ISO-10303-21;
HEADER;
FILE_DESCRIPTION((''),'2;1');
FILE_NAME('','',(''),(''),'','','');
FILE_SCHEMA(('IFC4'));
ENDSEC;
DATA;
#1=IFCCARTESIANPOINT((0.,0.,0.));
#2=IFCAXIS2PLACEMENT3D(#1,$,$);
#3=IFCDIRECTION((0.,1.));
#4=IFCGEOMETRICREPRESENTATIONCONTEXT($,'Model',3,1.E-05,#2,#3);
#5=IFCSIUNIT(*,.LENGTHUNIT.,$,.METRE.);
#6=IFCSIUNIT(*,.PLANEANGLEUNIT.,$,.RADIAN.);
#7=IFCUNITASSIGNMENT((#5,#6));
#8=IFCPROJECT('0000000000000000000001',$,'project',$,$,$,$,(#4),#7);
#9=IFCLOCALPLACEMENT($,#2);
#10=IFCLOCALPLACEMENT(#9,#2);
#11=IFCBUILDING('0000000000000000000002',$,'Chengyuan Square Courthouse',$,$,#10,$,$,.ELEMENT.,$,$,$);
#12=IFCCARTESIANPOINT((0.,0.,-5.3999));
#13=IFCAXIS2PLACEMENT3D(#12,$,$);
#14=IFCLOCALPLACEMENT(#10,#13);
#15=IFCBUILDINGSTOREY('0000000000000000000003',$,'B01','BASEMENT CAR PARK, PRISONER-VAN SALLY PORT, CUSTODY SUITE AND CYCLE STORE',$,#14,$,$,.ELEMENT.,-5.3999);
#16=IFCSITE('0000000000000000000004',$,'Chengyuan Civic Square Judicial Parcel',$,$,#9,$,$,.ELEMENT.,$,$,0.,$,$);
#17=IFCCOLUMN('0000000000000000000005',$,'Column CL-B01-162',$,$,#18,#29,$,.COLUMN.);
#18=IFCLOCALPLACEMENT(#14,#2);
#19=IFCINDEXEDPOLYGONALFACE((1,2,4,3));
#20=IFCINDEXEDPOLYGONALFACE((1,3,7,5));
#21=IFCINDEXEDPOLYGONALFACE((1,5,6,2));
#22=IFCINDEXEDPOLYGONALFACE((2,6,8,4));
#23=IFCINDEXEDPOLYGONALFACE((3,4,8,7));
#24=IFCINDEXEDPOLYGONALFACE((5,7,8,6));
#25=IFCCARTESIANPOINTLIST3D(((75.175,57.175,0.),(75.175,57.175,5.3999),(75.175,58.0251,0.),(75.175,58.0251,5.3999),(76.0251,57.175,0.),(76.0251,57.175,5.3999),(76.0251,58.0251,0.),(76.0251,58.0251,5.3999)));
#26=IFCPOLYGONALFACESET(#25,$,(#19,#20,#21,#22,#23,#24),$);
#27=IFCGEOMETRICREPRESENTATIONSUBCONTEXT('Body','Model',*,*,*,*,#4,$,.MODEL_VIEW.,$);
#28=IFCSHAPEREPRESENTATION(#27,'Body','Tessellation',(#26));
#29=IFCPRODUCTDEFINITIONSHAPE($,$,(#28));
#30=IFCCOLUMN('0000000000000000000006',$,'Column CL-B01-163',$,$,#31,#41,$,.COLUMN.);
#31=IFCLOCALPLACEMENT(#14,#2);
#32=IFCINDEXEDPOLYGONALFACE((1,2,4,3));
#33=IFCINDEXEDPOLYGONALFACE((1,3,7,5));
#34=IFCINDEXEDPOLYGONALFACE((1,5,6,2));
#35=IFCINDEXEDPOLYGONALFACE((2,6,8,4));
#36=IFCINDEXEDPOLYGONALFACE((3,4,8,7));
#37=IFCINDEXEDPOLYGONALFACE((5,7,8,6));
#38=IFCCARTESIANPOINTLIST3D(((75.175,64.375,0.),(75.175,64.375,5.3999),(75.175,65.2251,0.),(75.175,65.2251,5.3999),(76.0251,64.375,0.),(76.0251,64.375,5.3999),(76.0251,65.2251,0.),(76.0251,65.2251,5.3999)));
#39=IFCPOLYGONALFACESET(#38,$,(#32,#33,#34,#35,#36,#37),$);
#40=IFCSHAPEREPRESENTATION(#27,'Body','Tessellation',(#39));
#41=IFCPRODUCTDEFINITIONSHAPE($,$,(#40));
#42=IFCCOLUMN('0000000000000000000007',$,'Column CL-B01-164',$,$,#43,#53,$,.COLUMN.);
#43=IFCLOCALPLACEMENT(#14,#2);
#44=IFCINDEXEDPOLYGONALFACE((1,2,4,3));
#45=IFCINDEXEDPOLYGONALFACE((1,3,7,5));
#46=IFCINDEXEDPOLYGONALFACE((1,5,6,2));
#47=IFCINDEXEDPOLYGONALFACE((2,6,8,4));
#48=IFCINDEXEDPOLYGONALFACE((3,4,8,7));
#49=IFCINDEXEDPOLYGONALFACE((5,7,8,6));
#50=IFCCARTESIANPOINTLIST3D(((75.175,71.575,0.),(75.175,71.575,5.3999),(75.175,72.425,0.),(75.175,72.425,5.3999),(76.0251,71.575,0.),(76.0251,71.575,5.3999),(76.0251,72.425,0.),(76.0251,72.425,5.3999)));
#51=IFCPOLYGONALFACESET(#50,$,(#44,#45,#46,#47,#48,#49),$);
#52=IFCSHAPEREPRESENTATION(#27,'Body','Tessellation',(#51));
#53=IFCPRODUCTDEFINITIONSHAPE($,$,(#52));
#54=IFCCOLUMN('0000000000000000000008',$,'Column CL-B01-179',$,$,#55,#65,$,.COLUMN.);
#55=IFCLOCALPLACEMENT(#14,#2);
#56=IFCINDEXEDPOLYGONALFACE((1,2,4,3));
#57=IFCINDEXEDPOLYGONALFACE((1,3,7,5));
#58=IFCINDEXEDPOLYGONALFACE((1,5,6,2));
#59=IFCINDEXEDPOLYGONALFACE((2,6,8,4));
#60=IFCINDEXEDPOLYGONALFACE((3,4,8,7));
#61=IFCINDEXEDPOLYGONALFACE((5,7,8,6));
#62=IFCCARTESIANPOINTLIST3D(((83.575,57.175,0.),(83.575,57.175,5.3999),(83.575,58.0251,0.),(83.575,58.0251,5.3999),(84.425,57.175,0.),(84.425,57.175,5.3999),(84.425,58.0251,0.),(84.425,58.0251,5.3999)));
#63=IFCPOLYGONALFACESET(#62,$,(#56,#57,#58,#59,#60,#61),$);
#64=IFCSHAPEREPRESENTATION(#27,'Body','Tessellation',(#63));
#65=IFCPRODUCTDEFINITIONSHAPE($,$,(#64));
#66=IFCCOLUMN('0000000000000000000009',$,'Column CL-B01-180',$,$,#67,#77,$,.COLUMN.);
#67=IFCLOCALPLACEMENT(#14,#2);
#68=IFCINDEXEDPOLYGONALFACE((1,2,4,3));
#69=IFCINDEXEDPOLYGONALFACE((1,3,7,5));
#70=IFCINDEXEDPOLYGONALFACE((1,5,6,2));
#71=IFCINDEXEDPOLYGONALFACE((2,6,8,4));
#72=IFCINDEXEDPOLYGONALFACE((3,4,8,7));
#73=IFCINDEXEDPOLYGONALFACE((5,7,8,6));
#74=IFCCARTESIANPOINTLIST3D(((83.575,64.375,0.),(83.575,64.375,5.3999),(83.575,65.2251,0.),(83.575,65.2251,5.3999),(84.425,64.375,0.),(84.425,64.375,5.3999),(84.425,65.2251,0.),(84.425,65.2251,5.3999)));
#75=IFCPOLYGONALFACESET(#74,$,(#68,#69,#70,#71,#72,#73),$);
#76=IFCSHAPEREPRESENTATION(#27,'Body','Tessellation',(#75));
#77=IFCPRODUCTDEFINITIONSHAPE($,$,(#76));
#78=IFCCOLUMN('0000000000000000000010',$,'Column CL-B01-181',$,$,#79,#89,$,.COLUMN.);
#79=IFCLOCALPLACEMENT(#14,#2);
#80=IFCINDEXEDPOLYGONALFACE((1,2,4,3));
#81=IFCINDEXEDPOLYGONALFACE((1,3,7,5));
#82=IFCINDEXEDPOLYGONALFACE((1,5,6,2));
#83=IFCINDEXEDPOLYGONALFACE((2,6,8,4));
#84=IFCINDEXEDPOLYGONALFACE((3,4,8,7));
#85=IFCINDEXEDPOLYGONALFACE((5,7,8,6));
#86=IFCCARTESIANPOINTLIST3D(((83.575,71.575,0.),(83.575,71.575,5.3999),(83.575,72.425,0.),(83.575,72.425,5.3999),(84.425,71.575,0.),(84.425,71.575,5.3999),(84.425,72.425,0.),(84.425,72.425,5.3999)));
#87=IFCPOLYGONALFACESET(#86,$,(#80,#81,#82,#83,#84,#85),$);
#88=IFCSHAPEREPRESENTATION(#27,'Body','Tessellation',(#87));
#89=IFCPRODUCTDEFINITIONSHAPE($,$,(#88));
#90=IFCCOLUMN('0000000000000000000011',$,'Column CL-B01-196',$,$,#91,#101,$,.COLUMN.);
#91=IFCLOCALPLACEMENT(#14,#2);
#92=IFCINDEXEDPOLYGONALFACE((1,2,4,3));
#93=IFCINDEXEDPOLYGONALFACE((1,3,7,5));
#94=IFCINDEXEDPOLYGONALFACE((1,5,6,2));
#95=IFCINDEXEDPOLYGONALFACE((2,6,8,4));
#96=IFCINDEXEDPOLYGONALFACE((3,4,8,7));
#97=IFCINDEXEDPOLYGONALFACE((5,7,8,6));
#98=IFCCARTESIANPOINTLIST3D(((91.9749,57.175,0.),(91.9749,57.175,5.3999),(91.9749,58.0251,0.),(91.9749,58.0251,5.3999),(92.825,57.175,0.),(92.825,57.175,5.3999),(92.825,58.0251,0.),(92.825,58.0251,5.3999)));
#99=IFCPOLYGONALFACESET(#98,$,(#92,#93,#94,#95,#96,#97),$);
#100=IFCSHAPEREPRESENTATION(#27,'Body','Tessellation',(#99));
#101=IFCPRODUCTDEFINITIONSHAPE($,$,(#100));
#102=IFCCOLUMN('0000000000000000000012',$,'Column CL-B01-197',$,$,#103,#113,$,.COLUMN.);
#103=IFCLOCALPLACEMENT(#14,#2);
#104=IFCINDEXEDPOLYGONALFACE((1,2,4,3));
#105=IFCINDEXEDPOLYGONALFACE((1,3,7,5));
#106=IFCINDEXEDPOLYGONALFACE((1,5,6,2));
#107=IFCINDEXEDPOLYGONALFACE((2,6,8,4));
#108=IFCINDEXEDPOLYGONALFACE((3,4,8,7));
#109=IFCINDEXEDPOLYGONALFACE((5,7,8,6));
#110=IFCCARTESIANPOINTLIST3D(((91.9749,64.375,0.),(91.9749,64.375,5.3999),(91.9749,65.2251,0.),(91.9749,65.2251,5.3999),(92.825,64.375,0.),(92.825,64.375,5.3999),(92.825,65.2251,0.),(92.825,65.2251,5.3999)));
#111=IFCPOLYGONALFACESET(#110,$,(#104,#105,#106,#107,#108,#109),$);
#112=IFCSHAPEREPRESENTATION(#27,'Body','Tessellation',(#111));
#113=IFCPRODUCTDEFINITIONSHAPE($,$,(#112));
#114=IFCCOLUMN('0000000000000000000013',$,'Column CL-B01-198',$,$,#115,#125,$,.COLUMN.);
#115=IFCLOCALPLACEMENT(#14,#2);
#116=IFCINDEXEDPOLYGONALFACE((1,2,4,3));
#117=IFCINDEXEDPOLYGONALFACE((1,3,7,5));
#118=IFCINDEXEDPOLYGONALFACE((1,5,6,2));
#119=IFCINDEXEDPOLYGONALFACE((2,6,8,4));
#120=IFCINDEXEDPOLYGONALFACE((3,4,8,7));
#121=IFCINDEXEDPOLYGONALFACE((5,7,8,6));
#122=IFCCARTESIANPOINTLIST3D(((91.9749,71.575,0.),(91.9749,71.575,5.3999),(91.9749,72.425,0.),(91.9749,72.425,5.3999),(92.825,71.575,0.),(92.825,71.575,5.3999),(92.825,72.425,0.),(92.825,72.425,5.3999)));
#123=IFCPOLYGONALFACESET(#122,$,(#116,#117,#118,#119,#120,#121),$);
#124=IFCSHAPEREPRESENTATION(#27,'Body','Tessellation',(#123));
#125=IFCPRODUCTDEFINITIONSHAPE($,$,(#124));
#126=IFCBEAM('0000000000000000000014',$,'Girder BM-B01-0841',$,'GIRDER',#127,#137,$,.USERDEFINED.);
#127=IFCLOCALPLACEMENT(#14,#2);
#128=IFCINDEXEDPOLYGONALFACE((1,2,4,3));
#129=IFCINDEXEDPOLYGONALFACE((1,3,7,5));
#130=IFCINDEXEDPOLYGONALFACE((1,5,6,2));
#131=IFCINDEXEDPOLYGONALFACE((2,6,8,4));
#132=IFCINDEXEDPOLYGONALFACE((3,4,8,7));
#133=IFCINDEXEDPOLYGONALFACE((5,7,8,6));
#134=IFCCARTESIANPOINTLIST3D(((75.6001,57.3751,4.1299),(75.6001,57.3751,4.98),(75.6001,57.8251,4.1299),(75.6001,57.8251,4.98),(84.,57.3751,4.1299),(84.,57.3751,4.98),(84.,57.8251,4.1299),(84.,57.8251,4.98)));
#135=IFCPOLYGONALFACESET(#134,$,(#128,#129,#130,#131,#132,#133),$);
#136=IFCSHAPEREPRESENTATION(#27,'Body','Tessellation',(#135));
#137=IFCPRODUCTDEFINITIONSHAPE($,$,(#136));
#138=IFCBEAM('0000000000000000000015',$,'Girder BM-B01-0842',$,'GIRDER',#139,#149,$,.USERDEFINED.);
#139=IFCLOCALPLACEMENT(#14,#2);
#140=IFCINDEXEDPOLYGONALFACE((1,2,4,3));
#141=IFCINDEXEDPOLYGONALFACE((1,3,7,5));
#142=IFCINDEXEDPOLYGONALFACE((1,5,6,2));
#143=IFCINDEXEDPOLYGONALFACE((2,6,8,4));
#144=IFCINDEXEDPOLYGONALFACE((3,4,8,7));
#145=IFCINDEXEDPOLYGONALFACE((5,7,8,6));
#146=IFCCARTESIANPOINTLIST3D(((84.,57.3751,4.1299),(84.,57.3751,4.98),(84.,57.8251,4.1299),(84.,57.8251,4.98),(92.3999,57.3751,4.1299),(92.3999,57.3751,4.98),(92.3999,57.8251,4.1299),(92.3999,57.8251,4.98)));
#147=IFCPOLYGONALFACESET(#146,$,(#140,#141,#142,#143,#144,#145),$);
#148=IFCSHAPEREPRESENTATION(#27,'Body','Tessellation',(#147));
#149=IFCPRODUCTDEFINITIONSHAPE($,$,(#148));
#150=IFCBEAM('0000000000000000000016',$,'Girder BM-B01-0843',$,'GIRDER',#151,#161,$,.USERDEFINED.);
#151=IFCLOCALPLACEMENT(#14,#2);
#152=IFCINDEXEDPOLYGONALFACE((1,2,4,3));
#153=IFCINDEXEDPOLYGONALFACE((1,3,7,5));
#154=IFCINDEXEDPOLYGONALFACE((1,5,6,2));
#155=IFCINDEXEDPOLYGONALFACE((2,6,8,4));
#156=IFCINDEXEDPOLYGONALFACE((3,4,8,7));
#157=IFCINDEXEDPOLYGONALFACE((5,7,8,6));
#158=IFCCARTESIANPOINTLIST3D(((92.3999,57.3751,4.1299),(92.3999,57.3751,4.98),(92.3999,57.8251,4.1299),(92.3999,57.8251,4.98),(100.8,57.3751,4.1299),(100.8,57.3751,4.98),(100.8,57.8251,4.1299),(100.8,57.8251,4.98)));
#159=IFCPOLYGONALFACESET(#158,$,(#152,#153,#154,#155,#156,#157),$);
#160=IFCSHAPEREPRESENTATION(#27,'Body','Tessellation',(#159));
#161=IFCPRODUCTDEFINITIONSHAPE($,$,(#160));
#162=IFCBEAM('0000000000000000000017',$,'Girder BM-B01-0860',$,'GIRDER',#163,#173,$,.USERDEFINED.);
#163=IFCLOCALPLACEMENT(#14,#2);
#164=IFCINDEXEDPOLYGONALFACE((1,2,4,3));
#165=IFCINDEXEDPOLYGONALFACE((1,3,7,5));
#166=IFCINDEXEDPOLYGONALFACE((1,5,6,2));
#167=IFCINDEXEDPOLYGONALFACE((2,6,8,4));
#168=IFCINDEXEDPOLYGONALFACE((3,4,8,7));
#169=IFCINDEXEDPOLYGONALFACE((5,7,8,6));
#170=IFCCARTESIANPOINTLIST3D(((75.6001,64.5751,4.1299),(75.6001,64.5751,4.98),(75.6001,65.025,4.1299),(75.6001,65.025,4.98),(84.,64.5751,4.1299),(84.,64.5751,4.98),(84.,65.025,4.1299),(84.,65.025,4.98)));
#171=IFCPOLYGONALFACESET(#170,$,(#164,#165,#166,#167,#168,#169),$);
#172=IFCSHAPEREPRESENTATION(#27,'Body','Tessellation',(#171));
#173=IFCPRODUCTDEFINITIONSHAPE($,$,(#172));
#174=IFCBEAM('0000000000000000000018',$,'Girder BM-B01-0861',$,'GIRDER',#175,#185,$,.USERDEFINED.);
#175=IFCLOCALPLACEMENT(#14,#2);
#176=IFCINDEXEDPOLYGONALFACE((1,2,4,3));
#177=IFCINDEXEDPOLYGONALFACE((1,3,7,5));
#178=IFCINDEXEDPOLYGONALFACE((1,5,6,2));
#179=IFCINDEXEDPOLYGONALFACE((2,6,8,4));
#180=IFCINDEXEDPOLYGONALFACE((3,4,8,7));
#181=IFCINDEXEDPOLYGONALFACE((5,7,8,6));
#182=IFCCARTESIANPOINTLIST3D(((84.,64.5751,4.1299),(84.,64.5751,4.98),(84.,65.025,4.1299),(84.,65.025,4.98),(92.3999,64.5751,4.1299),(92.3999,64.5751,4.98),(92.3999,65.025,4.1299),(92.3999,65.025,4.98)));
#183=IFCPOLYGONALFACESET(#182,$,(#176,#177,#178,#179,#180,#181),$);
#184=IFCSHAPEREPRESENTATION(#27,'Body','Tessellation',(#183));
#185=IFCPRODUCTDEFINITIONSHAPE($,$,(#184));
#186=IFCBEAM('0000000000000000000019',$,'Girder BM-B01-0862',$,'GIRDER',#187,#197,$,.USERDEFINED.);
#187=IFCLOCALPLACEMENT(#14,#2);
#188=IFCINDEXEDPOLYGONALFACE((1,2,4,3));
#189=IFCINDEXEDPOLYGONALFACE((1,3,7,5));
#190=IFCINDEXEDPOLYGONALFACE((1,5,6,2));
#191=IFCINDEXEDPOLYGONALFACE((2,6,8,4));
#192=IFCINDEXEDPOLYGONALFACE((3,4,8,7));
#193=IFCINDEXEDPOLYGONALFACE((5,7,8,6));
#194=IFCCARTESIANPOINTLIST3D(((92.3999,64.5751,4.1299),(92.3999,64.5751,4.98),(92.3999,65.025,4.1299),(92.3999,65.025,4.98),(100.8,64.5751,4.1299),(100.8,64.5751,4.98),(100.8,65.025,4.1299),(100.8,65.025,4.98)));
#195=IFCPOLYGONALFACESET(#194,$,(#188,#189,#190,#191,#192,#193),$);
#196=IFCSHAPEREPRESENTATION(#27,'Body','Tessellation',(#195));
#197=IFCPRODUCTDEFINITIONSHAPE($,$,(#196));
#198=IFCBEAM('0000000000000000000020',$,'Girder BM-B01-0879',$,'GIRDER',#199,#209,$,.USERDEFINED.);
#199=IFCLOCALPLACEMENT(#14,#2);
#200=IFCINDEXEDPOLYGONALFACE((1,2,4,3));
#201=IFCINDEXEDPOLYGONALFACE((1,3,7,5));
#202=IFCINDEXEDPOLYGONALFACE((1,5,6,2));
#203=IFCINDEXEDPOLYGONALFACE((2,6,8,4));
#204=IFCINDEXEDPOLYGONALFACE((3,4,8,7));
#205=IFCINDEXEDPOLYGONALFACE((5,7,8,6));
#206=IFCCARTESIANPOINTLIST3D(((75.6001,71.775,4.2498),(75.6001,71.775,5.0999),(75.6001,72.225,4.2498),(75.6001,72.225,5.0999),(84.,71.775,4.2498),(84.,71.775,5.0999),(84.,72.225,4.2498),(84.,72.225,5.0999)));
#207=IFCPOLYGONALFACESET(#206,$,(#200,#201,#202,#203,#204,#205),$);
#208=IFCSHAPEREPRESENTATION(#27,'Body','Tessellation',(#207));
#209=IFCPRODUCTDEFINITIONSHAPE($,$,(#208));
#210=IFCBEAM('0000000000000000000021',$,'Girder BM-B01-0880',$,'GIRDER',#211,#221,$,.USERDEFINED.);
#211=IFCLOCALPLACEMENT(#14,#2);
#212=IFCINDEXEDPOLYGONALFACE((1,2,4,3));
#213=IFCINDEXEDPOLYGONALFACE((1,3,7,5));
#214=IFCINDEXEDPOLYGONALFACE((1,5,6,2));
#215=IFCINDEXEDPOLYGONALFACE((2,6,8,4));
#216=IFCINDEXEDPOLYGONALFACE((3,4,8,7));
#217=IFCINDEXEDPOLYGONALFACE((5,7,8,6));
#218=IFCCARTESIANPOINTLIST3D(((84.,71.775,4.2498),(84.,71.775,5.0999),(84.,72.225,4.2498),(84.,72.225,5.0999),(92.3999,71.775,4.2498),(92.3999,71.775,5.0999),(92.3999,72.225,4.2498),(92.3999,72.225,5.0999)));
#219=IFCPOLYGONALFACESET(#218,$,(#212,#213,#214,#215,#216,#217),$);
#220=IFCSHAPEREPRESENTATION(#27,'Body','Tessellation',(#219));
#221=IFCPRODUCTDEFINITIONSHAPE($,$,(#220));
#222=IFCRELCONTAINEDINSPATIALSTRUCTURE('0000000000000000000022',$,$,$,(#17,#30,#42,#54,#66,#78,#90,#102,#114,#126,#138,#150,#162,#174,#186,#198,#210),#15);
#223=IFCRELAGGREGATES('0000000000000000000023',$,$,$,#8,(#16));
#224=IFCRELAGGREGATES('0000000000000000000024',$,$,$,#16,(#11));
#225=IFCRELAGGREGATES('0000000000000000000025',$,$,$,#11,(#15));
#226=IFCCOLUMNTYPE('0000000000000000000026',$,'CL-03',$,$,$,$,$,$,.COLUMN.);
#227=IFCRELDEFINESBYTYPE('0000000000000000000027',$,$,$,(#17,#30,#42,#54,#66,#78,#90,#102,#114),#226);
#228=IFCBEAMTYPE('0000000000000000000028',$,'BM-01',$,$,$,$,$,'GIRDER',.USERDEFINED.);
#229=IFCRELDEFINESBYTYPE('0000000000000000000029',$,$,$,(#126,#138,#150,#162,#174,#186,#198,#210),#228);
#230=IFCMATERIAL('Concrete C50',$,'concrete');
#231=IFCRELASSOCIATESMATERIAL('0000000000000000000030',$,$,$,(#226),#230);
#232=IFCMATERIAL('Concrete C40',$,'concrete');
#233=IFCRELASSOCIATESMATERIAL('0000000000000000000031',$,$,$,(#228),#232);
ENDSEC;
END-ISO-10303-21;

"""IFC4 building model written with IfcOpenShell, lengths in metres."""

from ifc_helpers import new_model, si_unit, direction, frame, origin, origin_2d, place, context, subcontext, project, spatial, rectangle, extrude, material, material_profile, profile_set, type_object, element, save


model = new_model("IFC4")

# Units and contexts
model_context = context("Model", 3, precision=1e-05, world=origin(), true_north=direction((0.0, 1.0)))
body_context = subcontext(model_context, "Body", "Model", "MODEL_VIEW")
ifc_project = project(units=[si_unit("LENGTHUNIT", "METRE"), si_unit("PLANEANGLEUNIT", "RADIAN")], contexts=[model_context])

# Site, building, storey
site_placement = place(None, origin())
site = spatial("IfcSite", under=ifc_project, at=site_placement, Name="Chengyuan Civic Square Judicial Parcel", CompositionType="ELEMENT", RefElevation=0.0)
building_placement = place(site_placement, origin())
building = spatial("IfcBuilding", under=site, at=building_placement, Name="Chengyuan Square Courthouse", CompositionType="ELEMENT")
storey_placement = place(building_placement, frame((0.0, 0.0, -5.3999)))
storey = spatial("IfcBuildingStorey", under=building, at=storey_placement, Name="B01", Description="BASEMENT CAR PARK, PRISONER-VAN SALLY PORT, CUSTODY SUITE AND CYCLE STORE", CompositionType="ELEMENT", Elevation=-5.3999)

# Columns
ifc_material_1 = material(Name="Concrete C50", Category="concrete")
ifc_material_profile_1 = material_profile(ifc_material_1, rectangle(XDim=0.8501, YDim=0.8501, at=origin_2d()), Name="RC-COL-850x850")
ifc_profile_set_1 = profile_set([ifc_material_profile_1], Name="Concrete C50")
column_type = type_object("IfcColumnType", Name="CL-03", PredefinedType="COLUMN", material=ifc_profile_set_1)
for number, where, z_axis, x_axis, name in (
    (1, (75.6001, 57.6001, 0.0), (0.0, 0.0, 1.0), (1.0, 0.0, 0.0), "Column CL-B01-162"),
    (2, (75.6001, 64.8, 0.0), (0.0, 0.0, 1.0), (1.0, 0.0, 0.0), "Column CL-B01-163"),
    (3, (75.6001, 72.0, 0.0), (0.0, 0.0, 1.0), (1.0, 0.0, 0.0), "Column CL-B01-164"),
    (4, (84.0, 57.6001, 0.0), (0.0, 0.0, 1.0), (1.0, 0.0, 0.0), "Column CL-B01-179"),
    (5, (84.0, 64.8, 0.0), (0.0, 0.0, 1.0), (1.0, 0.0, 0.0), "Column CL-B01-180"),
    (6, (84.0, 72.0, 0.0), (0.0, 0.0, 1.0), (1.0, 0.0, 0.0), "Column CL-B01-181"),
    (7, (92.3999, 57.6001, 0.0), (0.0, 0.0, 1.0), (1.0, 0.0, 0.0), "Column CL-B01-196"),
    (8, (92.3999, 64.8, 0.0), (0.0, 0.0, 1.0), (1.0, 0.0, 0.0), "Column CL-B01-197"),
    (9, (92.3999, 72.0, 0.0), (0.0, 0.0, 1.0), (1.0, 0.0, 0.0), "Column CL-B01-198"),
):
    element("IfcColumn", number, at=place(storey_placement, frame(where, z_axis=z_axis, x_axis=x_axis)), inside=storey, type_object=column_type, Name=name, PredefinedType="COLUMN", context=body_context, shape_type="SweptSolid", body=[
        extrude(rectangle(XDim=0.8501, YDim=0.8501, at=origin_2d()), origin(), (0.0, 0.0, 1.0), 5.3999),
    ])

# Beams
ifc_material_2 = material(Name="Concrete C40", Category="concrete")
ifc_material_profile_2 = material_profile(ifc_material_2, rectangle(XDim=0.45, YDim=0.8501, at=origin_2d()), Name="RC-BM-450x850")
ifc_profile_set_2 = profile_set([ifc_material_profile_2], Name="Concrete C40")
beam_type_1 = type_object("IfcBeamType", Name="BM-01", ElementType="GIRDER", PredefinedType="USERDEFINED", material=ifc_profile_set_2)
for number, where, z_axis, x_axis, name in (
    (10, (75.6001, 57.6001, 4.5549), (1.0, 0.0, 0.0), (0.0, 1.0, 0.0), "Girder BM-B01-0841"),
    (11, (84.0, 57.6001, 4.5549), (1.0, 0.0, 0.0), (0.0, 1.0, 0.0), "Girder BM-B01-0842"),
):
    element("IfcBeam", number, at=place(storey_placement, frame(where, z_axis=z_axis, x_axis=x_axis)), inside=storey, type_object=beam_type_1, Name=name, ObjectType="GIRDER", PredefinedType="USERDEFINED", context=body_context, shape_type="SweptSolid", body=[
        extrude(rectangle(XDim=0.45, YDim=0.8501, at=origin_2d()), origin(), (0.0, 0.0, 1.0), 8.3999),
    ])
beam_1_placement = place(storey_placement, frame((92.3999, 57.6001, 4.5549), z_axis=(1.0, 0.0, 0.0), x_axis=(0.0, 1.0, 0.0)))
element("IfcBeam", 12, at=beam_1_placement, inside=storey, type_object=beam_type_1, Name="Girder BM-B01-0843", ObjectType="GIRDER", PredefinedType="USERDEFINED", context=body_context, shape_type="SweptSolid", body=[
    extrude(rectangle(XDim=0.45, YDim=0.8501, at=origin_2d()), origin(), (0.0, 0.0, 1.0), 8.4001),
])
for number, where, z_axis, x_axis, name in (
    (13, (75.6001, 64.8, 4.5549), (1.0, 0.0, 0.0), (0.0, 1.0, 0.0), "Girder BM-B01-0860"),
    (14, (84.0, 64.8, 4.5549), (1.0, 0.0, 0.0), (0.0, 1.0, 0.0), "Girder BM-B01-0861"),
):
    element("IfcBeam", number, at=place(storey_placement, frame(where, z_axis=z_axis, x_axis=x_axis)), inside=storey, type_object=beam_type_1, Name=name, ObjectType="GIRDER", PredefinedType="USERDEFINED", context=body_context, shape_type="SweptSolid", body=[
        extrude(rectangle(XDim=0.45, YDim=0.8501, at=origin_2d()), origin(), (0.0, 0.0, 1.0), 8.3999),
    ])
beam_2_placement = place(storey_placement, frame((92.3999, 64.8, 4.5549), z_axis=(1.0, 0.0, 0.0), x_axis=(0.0, 1.0, 0.0)))
element("IfcBeam", 15, at=beam_2_placement, inside=storey, type_object=beam_type_1, Name="Girder BM-B01-0862", ObjectType="GIRDER", PredefinedType="USERDEFINED", context=body_context, shape_type="SweptSolid", body=[
    extrude(rectangle(XDim=0.45, YDim=0.8501, at=origin_2d()), origin(), (0.0, 0.0, 1.0), 8.4001),
])
for number, where, z_axis, x_axis, name in (
    (16, (75.6001, 72.0, 4.6748), (1.0, 0.0, 0.0), (0.0, 1.0, 0.0), "Girder BM-B01-0879"),
    (17, (84.0, 72.0, 4.6748), (1.0, 0.0, 0.0), (0.0, 1.0, 0.0), "Girder BM-B01-0880"),
):
    element("IfcBeam", number, at=place(storey_placement, frame(where, z_axis=z_axis, x_axis=x_axis)), inside=storey, type_object=beam_type_1, Name=name, ObjectType="GIRDER", PredefinedType="USERDEFINED", context=body_context, shape_type="SweptSolid", body=[
        extrude(rectangle(XDim=0.45, YDim=0.8501, at=origin_2d()), origin(), (0.0, 0.0, 1.0), 8.3999),
    ])

save(model, "model.ifc")
